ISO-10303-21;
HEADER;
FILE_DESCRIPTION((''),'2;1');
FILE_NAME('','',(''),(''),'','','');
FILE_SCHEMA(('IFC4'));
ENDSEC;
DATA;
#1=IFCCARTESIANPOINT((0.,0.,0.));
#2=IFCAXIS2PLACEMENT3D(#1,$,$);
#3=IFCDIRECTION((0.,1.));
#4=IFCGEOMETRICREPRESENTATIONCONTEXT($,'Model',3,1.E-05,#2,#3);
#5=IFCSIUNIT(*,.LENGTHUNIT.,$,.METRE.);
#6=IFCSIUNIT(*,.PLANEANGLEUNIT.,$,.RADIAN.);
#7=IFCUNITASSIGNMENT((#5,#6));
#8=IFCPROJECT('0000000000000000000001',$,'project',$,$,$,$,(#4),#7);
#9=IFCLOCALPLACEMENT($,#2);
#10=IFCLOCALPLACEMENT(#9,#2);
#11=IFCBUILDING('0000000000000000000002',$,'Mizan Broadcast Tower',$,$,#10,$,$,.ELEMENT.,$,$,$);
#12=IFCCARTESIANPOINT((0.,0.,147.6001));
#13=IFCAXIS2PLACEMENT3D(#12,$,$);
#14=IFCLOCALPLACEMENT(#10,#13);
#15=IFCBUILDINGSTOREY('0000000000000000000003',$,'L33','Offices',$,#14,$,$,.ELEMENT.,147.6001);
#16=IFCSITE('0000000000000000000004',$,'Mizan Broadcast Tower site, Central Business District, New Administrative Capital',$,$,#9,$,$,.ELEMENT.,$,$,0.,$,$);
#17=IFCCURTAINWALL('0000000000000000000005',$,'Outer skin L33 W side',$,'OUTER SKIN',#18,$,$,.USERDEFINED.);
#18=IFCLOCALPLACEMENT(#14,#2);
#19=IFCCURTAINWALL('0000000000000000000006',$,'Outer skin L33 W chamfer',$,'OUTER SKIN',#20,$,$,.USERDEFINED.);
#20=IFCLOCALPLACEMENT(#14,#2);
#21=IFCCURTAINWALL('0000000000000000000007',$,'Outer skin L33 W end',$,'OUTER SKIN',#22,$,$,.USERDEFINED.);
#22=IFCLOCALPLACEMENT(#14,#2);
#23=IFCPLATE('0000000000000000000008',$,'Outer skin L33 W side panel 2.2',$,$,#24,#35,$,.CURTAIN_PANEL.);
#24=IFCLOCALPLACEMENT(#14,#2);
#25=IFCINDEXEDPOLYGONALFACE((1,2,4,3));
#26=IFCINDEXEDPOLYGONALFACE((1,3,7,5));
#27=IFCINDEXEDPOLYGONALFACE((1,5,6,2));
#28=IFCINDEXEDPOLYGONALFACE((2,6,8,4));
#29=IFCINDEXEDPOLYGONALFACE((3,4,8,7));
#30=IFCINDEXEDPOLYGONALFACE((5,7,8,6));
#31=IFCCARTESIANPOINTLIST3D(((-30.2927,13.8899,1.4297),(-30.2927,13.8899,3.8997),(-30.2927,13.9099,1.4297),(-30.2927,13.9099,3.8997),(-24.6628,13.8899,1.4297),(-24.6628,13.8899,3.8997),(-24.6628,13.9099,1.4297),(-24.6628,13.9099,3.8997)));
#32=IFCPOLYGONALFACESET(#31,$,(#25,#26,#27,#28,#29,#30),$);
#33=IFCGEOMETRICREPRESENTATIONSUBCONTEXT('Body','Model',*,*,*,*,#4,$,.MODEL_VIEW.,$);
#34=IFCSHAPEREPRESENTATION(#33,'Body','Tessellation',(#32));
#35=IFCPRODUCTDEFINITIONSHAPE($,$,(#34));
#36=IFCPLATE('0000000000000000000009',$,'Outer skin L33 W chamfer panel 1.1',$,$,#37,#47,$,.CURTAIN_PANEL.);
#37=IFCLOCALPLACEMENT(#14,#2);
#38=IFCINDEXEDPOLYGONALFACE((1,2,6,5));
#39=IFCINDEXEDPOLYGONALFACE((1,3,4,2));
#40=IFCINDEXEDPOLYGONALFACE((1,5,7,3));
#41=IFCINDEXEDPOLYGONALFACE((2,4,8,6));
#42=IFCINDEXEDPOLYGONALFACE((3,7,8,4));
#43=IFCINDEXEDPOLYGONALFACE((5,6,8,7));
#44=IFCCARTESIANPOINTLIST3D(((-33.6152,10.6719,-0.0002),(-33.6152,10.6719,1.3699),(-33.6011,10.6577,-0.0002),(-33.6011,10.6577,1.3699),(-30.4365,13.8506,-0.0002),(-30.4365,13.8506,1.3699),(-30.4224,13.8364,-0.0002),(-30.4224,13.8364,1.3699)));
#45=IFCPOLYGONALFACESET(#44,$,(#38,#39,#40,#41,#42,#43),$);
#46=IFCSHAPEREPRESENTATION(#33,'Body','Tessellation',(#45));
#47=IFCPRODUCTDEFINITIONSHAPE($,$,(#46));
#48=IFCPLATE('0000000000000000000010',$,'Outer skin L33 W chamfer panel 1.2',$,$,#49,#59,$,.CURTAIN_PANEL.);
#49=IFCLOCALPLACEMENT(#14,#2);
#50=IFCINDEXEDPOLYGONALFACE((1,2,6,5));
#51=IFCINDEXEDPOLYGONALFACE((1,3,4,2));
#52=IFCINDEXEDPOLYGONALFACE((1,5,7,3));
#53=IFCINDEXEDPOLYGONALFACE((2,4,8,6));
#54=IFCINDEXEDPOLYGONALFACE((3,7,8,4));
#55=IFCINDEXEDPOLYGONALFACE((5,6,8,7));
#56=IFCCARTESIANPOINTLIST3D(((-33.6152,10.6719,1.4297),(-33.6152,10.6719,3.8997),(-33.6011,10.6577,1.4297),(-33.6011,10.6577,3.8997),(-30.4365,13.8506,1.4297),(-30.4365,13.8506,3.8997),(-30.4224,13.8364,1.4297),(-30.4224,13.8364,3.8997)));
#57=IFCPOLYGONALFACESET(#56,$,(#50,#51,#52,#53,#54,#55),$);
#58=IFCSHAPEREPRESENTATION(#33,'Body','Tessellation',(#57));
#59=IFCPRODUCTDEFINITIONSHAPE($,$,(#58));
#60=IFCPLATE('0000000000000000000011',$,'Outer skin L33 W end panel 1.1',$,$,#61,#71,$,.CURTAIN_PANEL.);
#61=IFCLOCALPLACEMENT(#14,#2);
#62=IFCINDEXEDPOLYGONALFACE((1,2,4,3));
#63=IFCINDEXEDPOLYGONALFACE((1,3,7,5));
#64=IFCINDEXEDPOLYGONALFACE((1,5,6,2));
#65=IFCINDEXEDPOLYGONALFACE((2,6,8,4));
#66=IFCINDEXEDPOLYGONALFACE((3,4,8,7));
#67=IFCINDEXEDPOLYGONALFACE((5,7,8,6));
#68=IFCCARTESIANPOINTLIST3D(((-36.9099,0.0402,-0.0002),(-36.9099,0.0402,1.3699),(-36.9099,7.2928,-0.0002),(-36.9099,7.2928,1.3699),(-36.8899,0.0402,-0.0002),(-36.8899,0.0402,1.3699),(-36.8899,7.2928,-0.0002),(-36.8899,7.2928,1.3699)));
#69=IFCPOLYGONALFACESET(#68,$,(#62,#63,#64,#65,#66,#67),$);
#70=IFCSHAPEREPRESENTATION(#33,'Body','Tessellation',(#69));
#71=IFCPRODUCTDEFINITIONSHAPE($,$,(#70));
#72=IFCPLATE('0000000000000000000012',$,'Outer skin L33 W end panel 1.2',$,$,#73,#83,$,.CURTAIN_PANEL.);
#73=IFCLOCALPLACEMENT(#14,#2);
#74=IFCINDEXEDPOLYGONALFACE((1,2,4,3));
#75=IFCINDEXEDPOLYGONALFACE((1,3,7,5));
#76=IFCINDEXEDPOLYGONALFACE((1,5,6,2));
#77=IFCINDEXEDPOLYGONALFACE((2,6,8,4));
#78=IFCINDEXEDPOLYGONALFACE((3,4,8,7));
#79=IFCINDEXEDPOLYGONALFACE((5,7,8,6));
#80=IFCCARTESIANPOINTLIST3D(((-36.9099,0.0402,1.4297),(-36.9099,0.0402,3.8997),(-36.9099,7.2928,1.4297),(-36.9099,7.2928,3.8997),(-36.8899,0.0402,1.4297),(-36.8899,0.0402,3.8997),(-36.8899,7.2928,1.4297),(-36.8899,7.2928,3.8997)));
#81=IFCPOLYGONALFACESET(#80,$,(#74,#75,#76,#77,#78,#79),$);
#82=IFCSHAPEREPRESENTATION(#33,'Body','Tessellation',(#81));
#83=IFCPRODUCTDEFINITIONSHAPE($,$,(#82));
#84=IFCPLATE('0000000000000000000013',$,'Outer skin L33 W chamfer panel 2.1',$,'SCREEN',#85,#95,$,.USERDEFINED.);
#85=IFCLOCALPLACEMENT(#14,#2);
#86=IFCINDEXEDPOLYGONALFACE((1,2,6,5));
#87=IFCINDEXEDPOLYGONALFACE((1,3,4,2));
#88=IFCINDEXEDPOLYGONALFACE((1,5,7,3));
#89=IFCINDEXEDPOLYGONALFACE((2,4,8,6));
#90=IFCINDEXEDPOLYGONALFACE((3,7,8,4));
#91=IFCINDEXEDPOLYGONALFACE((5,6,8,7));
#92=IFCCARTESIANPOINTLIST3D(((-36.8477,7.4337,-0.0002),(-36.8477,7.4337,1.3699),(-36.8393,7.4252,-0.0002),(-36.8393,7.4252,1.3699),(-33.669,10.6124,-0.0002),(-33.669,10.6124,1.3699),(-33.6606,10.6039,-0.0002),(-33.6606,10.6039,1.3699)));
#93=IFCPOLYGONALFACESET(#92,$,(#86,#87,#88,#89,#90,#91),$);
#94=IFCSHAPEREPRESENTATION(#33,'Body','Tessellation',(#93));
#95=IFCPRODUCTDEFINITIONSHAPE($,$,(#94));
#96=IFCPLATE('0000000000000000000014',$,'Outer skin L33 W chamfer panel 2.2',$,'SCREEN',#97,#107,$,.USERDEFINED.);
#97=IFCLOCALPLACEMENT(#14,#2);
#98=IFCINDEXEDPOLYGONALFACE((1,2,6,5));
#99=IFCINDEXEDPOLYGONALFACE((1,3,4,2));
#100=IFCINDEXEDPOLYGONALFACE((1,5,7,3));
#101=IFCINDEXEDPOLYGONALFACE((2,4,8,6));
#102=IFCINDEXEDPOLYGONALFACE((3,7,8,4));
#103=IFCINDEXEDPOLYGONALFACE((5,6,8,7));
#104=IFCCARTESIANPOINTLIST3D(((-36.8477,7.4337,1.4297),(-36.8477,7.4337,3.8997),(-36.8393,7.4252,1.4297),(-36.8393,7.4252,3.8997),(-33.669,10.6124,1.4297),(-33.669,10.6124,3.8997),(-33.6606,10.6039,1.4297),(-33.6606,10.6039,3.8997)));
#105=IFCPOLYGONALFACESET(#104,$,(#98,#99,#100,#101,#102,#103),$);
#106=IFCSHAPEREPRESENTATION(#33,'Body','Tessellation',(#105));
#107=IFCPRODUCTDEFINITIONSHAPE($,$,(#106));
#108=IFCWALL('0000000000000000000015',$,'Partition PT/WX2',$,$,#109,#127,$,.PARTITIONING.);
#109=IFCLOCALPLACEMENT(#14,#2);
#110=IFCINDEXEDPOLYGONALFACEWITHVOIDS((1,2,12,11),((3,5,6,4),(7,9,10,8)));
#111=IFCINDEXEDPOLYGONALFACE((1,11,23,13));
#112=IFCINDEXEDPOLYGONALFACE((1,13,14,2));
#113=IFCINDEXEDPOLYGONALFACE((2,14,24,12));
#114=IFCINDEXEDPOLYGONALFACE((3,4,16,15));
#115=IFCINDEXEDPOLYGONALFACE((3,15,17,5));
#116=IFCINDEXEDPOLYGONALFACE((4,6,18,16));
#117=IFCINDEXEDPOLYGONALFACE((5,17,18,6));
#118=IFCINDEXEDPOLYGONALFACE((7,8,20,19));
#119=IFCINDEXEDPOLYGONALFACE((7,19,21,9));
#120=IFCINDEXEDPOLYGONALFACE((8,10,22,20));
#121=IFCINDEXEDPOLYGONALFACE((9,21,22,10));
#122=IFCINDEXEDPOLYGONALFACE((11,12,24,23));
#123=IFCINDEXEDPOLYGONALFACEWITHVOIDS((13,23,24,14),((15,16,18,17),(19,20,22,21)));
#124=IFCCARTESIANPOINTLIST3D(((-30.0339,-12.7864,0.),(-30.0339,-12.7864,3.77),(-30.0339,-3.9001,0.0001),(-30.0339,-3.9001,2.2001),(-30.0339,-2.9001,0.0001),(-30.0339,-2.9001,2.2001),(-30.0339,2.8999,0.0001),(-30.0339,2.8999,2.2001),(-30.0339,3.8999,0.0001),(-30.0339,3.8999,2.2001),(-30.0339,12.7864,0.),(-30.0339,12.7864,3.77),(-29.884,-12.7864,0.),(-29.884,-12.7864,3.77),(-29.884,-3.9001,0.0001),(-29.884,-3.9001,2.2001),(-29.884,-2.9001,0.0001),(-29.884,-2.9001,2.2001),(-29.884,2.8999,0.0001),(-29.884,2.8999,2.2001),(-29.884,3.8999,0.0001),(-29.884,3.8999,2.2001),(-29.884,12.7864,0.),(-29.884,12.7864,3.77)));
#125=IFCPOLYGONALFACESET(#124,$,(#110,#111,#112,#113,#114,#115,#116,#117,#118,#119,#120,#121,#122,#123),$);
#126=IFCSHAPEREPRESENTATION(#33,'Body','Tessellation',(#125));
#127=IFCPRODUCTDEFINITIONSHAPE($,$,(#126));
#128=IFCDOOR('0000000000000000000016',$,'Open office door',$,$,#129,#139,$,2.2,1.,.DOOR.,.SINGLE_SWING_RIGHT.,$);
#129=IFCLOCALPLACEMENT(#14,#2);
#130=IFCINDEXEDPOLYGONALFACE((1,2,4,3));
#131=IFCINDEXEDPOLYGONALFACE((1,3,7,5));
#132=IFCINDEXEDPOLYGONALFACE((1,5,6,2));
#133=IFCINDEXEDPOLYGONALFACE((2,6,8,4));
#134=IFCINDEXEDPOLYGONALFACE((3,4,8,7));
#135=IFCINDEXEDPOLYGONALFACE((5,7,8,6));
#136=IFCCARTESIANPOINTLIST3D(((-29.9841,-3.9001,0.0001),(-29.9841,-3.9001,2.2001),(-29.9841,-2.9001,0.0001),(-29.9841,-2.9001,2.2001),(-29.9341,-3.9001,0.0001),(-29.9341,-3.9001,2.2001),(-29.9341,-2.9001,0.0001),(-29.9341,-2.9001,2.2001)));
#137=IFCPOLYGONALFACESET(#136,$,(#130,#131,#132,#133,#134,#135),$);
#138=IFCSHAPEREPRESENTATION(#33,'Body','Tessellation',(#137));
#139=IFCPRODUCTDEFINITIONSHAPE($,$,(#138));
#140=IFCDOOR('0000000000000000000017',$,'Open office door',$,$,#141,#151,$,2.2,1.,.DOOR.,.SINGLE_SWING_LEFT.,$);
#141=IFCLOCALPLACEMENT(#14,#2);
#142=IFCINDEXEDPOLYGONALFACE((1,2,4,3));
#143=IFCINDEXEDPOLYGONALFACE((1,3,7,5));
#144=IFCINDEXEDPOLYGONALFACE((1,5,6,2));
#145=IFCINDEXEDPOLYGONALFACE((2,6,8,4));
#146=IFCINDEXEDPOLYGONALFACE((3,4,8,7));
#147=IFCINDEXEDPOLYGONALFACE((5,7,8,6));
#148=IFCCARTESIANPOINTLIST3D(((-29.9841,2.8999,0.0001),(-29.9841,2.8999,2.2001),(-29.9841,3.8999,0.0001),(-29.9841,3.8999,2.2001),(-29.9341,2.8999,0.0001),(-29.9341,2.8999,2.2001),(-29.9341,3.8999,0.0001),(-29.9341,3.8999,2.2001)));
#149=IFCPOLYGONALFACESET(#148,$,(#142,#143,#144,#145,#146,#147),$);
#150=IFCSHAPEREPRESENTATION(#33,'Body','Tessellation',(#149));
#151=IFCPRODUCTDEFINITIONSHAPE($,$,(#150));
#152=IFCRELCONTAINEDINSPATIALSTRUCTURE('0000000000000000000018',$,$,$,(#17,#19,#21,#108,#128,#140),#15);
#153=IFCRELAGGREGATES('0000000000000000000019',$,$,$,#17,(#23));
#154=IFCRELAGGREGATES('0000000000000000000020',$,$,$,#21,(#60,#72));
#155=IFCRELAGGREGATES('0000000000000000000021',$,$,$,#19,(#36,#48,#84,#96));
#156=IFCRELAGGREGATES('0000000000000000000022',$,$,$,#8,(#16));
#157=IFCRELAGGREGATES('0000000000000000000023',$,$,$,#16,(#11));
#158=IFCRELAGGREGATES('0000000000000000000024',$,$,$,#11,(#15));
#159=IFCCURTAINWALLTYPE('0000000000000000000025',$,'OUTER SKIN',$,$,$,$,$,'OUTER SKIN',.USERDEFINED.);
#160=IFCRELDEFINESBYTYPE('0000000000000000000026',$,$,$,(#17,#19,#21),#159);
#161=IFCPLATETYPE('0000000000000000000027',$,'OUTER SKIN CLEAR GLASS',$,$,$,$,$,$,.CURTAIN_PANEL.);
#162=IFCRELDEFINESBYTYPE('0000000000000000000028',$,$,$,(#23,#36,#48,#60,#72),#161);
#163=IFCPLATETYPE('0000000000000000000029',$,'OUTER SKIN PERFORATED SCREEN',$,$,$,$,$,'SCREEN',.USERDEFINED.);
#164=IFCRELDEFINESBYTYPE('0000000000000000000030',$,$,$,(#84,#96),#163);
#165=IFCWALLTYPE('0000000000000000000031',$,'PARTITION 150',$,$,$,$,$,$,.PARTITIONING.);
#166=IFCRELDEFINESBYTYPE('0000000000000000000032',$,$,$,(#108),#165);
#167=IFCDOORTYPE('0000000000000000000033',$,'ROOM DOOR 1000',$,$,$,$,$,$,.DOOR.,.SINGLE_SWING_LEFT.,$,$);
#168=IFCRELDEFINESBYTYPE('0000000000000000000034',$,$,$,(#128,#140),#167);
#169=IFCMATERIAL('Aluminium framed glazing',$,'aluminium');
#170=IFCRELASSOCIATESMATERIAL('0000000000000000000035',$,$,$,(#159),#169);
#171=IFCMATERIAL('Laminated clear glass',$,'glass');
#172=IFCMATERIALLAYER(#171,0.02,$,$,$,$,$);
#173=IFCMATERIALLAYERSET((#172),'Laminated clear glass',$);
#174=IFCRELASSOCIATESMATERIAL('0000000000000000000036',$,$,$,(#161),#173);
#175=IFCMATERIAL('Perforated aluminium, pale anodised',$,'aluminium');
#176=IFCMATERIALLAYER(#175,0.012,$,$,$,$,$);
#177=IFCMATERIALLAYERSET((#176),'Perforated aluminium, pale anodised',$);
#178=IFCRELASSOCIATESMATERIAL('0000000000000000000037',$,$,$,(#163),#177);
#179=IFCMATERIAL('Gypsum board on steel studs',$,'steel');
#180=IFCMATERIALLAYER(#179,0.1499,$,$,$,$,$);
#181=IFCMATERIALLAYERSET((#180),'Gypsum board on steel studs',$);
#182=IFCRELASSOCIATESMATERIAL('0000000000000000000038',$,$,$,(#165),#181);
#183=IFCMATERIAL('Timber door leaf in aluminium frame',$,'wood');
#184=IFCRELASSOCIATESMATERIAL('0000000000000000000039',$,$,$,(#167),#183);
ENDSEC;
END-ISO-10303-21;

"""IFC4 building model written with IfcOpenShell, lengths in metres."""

from ifc_helpers import new_model, si_unit, direction, frame, frame_2d, origin, origin_2d, place, context, subcontext, project, spatial, rectangle, extrude, material, layer, layer_set, type_object, element, fill, aggregate, save


model = new_model("IFC4")

# Units and contexts
model_context = context("Model", 3, precision=1e-05, world=origin(), true_north=direction((0.0, 1.0)))
body_context = subcontext(model_context, "Body", "Model", "MODEL_VIEW")
ifc_project = project(units=[si_unit("LENGTHUNIT", "METRE"), si_unit("PLANEANGLEUNIT", "RADIAN")], contexts=[model_context])

# Site, building, storey
site_placement = place(None, origin())
site = spatial("IfcSite", under=ifc_project, at=site_placement, Name="Mizan Broadcast Tower site, Central Business District, New Administrative Capital", CompositionType="ELEMENT", RefElevation=0.0)
building_placement = place(site_placement, origin())
building = spatial("IfcBuilding", under=site, at=building_placement, Name="Mizan Broadcast Tower", CompositionType="ELEMENT")
storey_placement = place(building_placement, frame((0.0, 0.0, 147.6001)))
storey = spatial("IfcBuildingStorey", under=building, at=storey_placement, Name="L33", Description="Offices", CompositionType="ELEMENT", Elevation=147.6001)

# Curtain wall
ifc_material_1 = material(Name="Aluminium framed glazing", Category="aluminium")
curtain_wall_type_1 = type_object("IfcCurtainWallType", Name="OUTER SKIN", ElementType="OUTER SKIN", PredefinedType="USERDEFINED", material=ifc_material_1)
curtain_wall_1_placement = place(storey_placement, origin())
curtain_wall_1 = element("IfcCurtainWall", 1, at=curtain_wall_1_placement, inside=storey, type_object=curtain_wall_type_1, Name="Outer skin L33 W side", ObjectType="OUTER SKIN", PredefinedType="USERDEFINED")

# Curtain wall
curtain_wall_2_placement = place(storey_placement, origin())
curtain_wall_2 = element("IfcCurtainWall", 2, at=curtain_wall_2_placement, inside=storey, type_object=curtain_wall_type_1, Name="Outer skin L33 W chamfer", ObjectType="OUTER SKIN", PredefinedType="USERDEFINED")

# Curtain wall
curtain_wall_3_placement = place(storey_placement, origin())
curtain_wall_3 = element("IfcCurtainWall", 3, at=curtain_wall_3_placement, inside=storey, type_object=curtain_wall_type_1, Name="Outer skin L33 W end", ObjectType="OUTER SKIN", PredefinedType="USERDEFINED")

# Plates
ifc_material_2 = material(Name="Laminated clear glass", Category="glass")
ifc_layer_1 = layer(ifc_material_2, 0.02)
ifc_layer_set_1 = layer_set([ifc_layer_1], Name="Laminated clear glass")
plate_type_1 = type_object("IfcPlateType", Name="OUTER SKIN CLEAR GLASS", PredefinedType="CURTAIN_PANEL", material=ifc_layer_set_1)
plate_1_placement = place(storey_placement, frame((-27.4778, 13.8999, 1.4297), z_axis=(0.0, 0.0, 1.0), x_axis=(-1.0, 0.0, 0.0)))
plate_1 = element("IfcPlate", 4, at=plate_1_placement, type_object=plate_type_1, Name="Outer skin L33 W side panel 2.2", PredefinedType="CURTAIN_PANEL", context=body_context, shape_type="SweptSolid", body=[
    extrude(rectangle(XDim=5.6299, YDim=0.02, at=origin_2d()), origin(), (0.0, 0.0, 1.0), 2.47),
])
aggregate(curtain_wall_1, [plate_1])
plate_2_placement = place(storey_placement, frame((-32.0188, 12.2542, -0.0002), z_axis=(0.0, 0.0, 1.0), x_axis=(-0.707107, -0.707107, 0.0)))
plate_2 = element("IfcPlate", 5, at=plate_2_placement, type_object=plate_type_1, Name="Outer skin L33 W chamfer panel 1.1", PredefinedType="CURTAIN_PANEL", context=body_context, shape_type="SweptSolid", body=[
    extrude(rectangle(XDim=4.4954, YDim=0.02, at=origin_2d()), origin(), (0.0, 0.0, 1.0), 1.3701),
])
plate_3_placement = place(storey_placement, frame((-32.0188, 12.2542, 1.4297), z_axis=(0.0, 0.0, 1.0), x_axis=(-0.707107, -0.707107, 0.0)))
plate_3 = element("IfcPlate", 6, at=plate_3_placement, type_object=plate_type_1, Name="Outer skin L33 W chamfer panel 1.2", PredefinedType="CURTAIN_PANEL", context=body_context, shape_type="SweptSolid", body=[
    extrude(rectangle(XDim=4.4954, YDim=0.02, at=origin_2d()), origin(), (0.0, 0.0, 1.0), 2.47),
])
plate_4_placement = place(storey_placement, frame((-36.8999, 3.6665, -0.0002), z_axis=(0.0, 0.0, 1.0), x_axis=(0.0, -1.0, 0.0)))
plate_4 = element("IfcPlate", 7, at=plate_4_placement, type_object=plate_type_1, Name="Outer skin L33 W end panel 1.1", PredefinedType="CURTAIN_PANEL", context=body_context, shape_type="SweptSolid", body=[
    extrude(rectangle(XDim=7.2527, YDim=0.02, at=origin_2d()), origin(), (0.0, 0.0, 1.0), 1.3701),
])
plate_5_placement = place(storey_placement, frame((-36.8999, 3.6665, 1.4297), z_axis=(0.0, 0.0, 1.0), x_axis=(0.0, -1.0, 0.0)))
plate_5 = element("IfcPlate", 8, at=plate_5_placement, type_object=plate_type_1, Name="Outer skin L33 W end panel 1.2", PredefinedType="CURTAIN_PANEL", context=body_context, shape_type="SweptSolid", body=[
    extrude(rectangle(XDim=7.2527, YDim=0.02, at=origin_2d()), origin(), (0.0, 0.0, 1.0), 2.47),
])
aggregate(curtain_wall_3, [plate_4, plate_5])
ifc_material_3 = material(Name="Perforated aluminium, pale anodised", Category="aluminium")
ifc_layer_2 = layer(ifc_material_3, 0.012)
ifc_layer_set_2 = layer_set([ifc_layer_2], Name="Perforated aluminium, pale anodised")
plate_type_2 = type_object("IfcPlateType", Name="OUTER SKIN PERFORATED SCREEN", ElementType="SCREEN", PredefinedType="USERDEFINED", material=ifc_layer_set_2)
plate_6_placement = place(storey_placement, frame((-35.2542, 9.0188, -0.0002), z_axis=(0.0, 0.0, 1.0), x_axis=(-0.707107, -0.707107, 0.0)))
plate_6 = element("IfcPlate", 9, at=plate_6_placement, type_object=plate_type_2, Name="Outer skin L33 W chamfer panel 2.1", ObjectType="SCREEN", PredefinedType="USERDEFINED", context=body_context, shape_type="SweptSolid", body=[
    extrude(rectangle(XDim=4.4954, YDim=0.012, at=origin_2d()), origin(), (0.0, 0.0, 1.0), 1.3701),
])
plate_7_placement = place(storey_placement, frame((-35.2542, 9.0188, 1.4297), z_axis=(0.0, 0.0, 1.0), x_axis=(-0.707107, -0.707107, 0.0)))
plate_7 = element("IfcPlate", 10, at=plate_7_placement, type_object=plate_type_2, Name="Outer skin L33 W chamfer panel 2.2", ObjectType="SCREEN", PredefinedType="USERDEFINED", context=body_context, shape_type="SweptSolid", body=[
    extrude(rectangle(XDim=4.4954, YDim=0.012, at=origin_2d()), origin(), (0.0, 0.0, 1.0), 2.47),
])
aggregate(curtain_wall_2, [plate_2, plate_3, plate_6, plate_7])

# Wall, openings, doors
ifc_material_4 = material(Name="Gypsum board on steel studs", Category="steel")
ifc_layer_3 = layer(ifc_material_4, 0.1499)
ifc_layer_set_3 = layer_set([ifc_layer_3], Name="Gypsum board on steel studs")
wall_type = type_object("IfcWallType", Name="PARTITION 150", PredefinedType="PARTITIONING", material=ifc_layer_set_3)
wall_placement = place(storey_placement, frame((-29.959, 12.7864, 0.0), z_axis=(0.0, 0.0, 1.0), x_axis=(0.0, -1.0, 0.0)))
wall = element("IfcWall", 11, at=wall_placement, inside=storey, type_object=wall_type, Name="Partition PT/WX2", PredefinedType="PARTITIONING", context=body_context, shape_type="SweptSolid", body=[
    extrude(rectangle(XDim=25.5728, YDim=0.1499, at=frame_2d((12.7864, 0.0))), origin(), (0.0, 0.0, 1.0), 3.77),
])
opening_1_placement = place(wall_placement, frame((15.6865, 0.0, 0.0)))
opening_1 = element("IfcOpeningElement", 12, at=opening_1_placement, cuts=wall, PredefinedType="OPENING", context=body_context, shape_type="SweptSolid", body=[
    extrude(rectangle(XDim=1.0, YDim=2.2, at=frame_2d((0.5, 1.1001))), frame((0.0, 0.085, 0.0), z_axis=(0.0, -1.0, 0.0), x_axis=(1.0, 0.0, 0.0)), (0.0, 0.0, 1.0), 0.1699),
])
opening_2_placement = place(wall_placement, frame((8.8865, 0.0, 0.0)))
opening_2 = element("IfcOpeningElement", 13, at=opening_2_placement, cuts=wall, PredefinedType="OPENING", context=body_context, shape_type="SweptSolid", body=[
    extrude(rectangle(XDim=1.0, YDim=2.2, at=frame_2d((0.5, 1.1001))), frame((0.0, 0.085, 0.0), z_axis=(0.0, -1.0, 0.0), x_axis=(1.0, 0.0, 0.0)), (0.0, 0.0, 1.0), 0.1699),
])
ifc_material_5 = material(Name="Timber door leaf in aluminium frame", Category="wood")
door_type = type_object("IfcDoorType", Name="ROOM DOOR 1000", OperationType="SINGLE_SWING_LEFT", PredefinedType="DOOR", material=ifc_material_5)
door_1_placement = place(opening_1_placement, origin())
door_1 = element("IfcDoor", 14, at=door_1_placement, inside=storey, type_object=door_type, Name="Open office door", OperationType="SINGLE_SWING_RIGHT", OverallHeight=2.2, OverallWidth=1.0, PredefinedType="DOOR", context=body_context, shape_type="SweptSolid", body=[
    extrude(rectangle(XDim=1.0, YDim=2.2, at=frame_2d((0.5, 1.1001))), frame((0.0, 0.0249, 0.0), z_axis=(0.0, -1.0, 0.0), x_axis=(1.0, 0.0, 0.0)), (0.0, 0.0, 1.0), 0.05),
])
fill(opening_1, door_1)
door_2_placement = place(opening_2_placement, origin())
door_2 = element("IfcDoor", 15, at=door_2_placement, inside=storey, type_object=door_type, Name="Open office door", OperationType="SINGLE_SWING_LEFT", OverallHeight=2.2, OverallWidth=1.0, PredefinedType="DOOR", context=body_context, shape_type="SweptSolid", body=[
    extrude(rectangle(XDim=1.0, YDim=2.2, at=frame_2d((0.5, 1.1001))), frame((0.0, 0.0249, 0.0), z_axis=(0.0, -1.0, 0.0), x_axis=(1.0, 0.0, 0.0)), (0.0, 0.0, 1.0), 0.05),
])
fill(opening_2, door_2)

save(model, "model.ifc")
